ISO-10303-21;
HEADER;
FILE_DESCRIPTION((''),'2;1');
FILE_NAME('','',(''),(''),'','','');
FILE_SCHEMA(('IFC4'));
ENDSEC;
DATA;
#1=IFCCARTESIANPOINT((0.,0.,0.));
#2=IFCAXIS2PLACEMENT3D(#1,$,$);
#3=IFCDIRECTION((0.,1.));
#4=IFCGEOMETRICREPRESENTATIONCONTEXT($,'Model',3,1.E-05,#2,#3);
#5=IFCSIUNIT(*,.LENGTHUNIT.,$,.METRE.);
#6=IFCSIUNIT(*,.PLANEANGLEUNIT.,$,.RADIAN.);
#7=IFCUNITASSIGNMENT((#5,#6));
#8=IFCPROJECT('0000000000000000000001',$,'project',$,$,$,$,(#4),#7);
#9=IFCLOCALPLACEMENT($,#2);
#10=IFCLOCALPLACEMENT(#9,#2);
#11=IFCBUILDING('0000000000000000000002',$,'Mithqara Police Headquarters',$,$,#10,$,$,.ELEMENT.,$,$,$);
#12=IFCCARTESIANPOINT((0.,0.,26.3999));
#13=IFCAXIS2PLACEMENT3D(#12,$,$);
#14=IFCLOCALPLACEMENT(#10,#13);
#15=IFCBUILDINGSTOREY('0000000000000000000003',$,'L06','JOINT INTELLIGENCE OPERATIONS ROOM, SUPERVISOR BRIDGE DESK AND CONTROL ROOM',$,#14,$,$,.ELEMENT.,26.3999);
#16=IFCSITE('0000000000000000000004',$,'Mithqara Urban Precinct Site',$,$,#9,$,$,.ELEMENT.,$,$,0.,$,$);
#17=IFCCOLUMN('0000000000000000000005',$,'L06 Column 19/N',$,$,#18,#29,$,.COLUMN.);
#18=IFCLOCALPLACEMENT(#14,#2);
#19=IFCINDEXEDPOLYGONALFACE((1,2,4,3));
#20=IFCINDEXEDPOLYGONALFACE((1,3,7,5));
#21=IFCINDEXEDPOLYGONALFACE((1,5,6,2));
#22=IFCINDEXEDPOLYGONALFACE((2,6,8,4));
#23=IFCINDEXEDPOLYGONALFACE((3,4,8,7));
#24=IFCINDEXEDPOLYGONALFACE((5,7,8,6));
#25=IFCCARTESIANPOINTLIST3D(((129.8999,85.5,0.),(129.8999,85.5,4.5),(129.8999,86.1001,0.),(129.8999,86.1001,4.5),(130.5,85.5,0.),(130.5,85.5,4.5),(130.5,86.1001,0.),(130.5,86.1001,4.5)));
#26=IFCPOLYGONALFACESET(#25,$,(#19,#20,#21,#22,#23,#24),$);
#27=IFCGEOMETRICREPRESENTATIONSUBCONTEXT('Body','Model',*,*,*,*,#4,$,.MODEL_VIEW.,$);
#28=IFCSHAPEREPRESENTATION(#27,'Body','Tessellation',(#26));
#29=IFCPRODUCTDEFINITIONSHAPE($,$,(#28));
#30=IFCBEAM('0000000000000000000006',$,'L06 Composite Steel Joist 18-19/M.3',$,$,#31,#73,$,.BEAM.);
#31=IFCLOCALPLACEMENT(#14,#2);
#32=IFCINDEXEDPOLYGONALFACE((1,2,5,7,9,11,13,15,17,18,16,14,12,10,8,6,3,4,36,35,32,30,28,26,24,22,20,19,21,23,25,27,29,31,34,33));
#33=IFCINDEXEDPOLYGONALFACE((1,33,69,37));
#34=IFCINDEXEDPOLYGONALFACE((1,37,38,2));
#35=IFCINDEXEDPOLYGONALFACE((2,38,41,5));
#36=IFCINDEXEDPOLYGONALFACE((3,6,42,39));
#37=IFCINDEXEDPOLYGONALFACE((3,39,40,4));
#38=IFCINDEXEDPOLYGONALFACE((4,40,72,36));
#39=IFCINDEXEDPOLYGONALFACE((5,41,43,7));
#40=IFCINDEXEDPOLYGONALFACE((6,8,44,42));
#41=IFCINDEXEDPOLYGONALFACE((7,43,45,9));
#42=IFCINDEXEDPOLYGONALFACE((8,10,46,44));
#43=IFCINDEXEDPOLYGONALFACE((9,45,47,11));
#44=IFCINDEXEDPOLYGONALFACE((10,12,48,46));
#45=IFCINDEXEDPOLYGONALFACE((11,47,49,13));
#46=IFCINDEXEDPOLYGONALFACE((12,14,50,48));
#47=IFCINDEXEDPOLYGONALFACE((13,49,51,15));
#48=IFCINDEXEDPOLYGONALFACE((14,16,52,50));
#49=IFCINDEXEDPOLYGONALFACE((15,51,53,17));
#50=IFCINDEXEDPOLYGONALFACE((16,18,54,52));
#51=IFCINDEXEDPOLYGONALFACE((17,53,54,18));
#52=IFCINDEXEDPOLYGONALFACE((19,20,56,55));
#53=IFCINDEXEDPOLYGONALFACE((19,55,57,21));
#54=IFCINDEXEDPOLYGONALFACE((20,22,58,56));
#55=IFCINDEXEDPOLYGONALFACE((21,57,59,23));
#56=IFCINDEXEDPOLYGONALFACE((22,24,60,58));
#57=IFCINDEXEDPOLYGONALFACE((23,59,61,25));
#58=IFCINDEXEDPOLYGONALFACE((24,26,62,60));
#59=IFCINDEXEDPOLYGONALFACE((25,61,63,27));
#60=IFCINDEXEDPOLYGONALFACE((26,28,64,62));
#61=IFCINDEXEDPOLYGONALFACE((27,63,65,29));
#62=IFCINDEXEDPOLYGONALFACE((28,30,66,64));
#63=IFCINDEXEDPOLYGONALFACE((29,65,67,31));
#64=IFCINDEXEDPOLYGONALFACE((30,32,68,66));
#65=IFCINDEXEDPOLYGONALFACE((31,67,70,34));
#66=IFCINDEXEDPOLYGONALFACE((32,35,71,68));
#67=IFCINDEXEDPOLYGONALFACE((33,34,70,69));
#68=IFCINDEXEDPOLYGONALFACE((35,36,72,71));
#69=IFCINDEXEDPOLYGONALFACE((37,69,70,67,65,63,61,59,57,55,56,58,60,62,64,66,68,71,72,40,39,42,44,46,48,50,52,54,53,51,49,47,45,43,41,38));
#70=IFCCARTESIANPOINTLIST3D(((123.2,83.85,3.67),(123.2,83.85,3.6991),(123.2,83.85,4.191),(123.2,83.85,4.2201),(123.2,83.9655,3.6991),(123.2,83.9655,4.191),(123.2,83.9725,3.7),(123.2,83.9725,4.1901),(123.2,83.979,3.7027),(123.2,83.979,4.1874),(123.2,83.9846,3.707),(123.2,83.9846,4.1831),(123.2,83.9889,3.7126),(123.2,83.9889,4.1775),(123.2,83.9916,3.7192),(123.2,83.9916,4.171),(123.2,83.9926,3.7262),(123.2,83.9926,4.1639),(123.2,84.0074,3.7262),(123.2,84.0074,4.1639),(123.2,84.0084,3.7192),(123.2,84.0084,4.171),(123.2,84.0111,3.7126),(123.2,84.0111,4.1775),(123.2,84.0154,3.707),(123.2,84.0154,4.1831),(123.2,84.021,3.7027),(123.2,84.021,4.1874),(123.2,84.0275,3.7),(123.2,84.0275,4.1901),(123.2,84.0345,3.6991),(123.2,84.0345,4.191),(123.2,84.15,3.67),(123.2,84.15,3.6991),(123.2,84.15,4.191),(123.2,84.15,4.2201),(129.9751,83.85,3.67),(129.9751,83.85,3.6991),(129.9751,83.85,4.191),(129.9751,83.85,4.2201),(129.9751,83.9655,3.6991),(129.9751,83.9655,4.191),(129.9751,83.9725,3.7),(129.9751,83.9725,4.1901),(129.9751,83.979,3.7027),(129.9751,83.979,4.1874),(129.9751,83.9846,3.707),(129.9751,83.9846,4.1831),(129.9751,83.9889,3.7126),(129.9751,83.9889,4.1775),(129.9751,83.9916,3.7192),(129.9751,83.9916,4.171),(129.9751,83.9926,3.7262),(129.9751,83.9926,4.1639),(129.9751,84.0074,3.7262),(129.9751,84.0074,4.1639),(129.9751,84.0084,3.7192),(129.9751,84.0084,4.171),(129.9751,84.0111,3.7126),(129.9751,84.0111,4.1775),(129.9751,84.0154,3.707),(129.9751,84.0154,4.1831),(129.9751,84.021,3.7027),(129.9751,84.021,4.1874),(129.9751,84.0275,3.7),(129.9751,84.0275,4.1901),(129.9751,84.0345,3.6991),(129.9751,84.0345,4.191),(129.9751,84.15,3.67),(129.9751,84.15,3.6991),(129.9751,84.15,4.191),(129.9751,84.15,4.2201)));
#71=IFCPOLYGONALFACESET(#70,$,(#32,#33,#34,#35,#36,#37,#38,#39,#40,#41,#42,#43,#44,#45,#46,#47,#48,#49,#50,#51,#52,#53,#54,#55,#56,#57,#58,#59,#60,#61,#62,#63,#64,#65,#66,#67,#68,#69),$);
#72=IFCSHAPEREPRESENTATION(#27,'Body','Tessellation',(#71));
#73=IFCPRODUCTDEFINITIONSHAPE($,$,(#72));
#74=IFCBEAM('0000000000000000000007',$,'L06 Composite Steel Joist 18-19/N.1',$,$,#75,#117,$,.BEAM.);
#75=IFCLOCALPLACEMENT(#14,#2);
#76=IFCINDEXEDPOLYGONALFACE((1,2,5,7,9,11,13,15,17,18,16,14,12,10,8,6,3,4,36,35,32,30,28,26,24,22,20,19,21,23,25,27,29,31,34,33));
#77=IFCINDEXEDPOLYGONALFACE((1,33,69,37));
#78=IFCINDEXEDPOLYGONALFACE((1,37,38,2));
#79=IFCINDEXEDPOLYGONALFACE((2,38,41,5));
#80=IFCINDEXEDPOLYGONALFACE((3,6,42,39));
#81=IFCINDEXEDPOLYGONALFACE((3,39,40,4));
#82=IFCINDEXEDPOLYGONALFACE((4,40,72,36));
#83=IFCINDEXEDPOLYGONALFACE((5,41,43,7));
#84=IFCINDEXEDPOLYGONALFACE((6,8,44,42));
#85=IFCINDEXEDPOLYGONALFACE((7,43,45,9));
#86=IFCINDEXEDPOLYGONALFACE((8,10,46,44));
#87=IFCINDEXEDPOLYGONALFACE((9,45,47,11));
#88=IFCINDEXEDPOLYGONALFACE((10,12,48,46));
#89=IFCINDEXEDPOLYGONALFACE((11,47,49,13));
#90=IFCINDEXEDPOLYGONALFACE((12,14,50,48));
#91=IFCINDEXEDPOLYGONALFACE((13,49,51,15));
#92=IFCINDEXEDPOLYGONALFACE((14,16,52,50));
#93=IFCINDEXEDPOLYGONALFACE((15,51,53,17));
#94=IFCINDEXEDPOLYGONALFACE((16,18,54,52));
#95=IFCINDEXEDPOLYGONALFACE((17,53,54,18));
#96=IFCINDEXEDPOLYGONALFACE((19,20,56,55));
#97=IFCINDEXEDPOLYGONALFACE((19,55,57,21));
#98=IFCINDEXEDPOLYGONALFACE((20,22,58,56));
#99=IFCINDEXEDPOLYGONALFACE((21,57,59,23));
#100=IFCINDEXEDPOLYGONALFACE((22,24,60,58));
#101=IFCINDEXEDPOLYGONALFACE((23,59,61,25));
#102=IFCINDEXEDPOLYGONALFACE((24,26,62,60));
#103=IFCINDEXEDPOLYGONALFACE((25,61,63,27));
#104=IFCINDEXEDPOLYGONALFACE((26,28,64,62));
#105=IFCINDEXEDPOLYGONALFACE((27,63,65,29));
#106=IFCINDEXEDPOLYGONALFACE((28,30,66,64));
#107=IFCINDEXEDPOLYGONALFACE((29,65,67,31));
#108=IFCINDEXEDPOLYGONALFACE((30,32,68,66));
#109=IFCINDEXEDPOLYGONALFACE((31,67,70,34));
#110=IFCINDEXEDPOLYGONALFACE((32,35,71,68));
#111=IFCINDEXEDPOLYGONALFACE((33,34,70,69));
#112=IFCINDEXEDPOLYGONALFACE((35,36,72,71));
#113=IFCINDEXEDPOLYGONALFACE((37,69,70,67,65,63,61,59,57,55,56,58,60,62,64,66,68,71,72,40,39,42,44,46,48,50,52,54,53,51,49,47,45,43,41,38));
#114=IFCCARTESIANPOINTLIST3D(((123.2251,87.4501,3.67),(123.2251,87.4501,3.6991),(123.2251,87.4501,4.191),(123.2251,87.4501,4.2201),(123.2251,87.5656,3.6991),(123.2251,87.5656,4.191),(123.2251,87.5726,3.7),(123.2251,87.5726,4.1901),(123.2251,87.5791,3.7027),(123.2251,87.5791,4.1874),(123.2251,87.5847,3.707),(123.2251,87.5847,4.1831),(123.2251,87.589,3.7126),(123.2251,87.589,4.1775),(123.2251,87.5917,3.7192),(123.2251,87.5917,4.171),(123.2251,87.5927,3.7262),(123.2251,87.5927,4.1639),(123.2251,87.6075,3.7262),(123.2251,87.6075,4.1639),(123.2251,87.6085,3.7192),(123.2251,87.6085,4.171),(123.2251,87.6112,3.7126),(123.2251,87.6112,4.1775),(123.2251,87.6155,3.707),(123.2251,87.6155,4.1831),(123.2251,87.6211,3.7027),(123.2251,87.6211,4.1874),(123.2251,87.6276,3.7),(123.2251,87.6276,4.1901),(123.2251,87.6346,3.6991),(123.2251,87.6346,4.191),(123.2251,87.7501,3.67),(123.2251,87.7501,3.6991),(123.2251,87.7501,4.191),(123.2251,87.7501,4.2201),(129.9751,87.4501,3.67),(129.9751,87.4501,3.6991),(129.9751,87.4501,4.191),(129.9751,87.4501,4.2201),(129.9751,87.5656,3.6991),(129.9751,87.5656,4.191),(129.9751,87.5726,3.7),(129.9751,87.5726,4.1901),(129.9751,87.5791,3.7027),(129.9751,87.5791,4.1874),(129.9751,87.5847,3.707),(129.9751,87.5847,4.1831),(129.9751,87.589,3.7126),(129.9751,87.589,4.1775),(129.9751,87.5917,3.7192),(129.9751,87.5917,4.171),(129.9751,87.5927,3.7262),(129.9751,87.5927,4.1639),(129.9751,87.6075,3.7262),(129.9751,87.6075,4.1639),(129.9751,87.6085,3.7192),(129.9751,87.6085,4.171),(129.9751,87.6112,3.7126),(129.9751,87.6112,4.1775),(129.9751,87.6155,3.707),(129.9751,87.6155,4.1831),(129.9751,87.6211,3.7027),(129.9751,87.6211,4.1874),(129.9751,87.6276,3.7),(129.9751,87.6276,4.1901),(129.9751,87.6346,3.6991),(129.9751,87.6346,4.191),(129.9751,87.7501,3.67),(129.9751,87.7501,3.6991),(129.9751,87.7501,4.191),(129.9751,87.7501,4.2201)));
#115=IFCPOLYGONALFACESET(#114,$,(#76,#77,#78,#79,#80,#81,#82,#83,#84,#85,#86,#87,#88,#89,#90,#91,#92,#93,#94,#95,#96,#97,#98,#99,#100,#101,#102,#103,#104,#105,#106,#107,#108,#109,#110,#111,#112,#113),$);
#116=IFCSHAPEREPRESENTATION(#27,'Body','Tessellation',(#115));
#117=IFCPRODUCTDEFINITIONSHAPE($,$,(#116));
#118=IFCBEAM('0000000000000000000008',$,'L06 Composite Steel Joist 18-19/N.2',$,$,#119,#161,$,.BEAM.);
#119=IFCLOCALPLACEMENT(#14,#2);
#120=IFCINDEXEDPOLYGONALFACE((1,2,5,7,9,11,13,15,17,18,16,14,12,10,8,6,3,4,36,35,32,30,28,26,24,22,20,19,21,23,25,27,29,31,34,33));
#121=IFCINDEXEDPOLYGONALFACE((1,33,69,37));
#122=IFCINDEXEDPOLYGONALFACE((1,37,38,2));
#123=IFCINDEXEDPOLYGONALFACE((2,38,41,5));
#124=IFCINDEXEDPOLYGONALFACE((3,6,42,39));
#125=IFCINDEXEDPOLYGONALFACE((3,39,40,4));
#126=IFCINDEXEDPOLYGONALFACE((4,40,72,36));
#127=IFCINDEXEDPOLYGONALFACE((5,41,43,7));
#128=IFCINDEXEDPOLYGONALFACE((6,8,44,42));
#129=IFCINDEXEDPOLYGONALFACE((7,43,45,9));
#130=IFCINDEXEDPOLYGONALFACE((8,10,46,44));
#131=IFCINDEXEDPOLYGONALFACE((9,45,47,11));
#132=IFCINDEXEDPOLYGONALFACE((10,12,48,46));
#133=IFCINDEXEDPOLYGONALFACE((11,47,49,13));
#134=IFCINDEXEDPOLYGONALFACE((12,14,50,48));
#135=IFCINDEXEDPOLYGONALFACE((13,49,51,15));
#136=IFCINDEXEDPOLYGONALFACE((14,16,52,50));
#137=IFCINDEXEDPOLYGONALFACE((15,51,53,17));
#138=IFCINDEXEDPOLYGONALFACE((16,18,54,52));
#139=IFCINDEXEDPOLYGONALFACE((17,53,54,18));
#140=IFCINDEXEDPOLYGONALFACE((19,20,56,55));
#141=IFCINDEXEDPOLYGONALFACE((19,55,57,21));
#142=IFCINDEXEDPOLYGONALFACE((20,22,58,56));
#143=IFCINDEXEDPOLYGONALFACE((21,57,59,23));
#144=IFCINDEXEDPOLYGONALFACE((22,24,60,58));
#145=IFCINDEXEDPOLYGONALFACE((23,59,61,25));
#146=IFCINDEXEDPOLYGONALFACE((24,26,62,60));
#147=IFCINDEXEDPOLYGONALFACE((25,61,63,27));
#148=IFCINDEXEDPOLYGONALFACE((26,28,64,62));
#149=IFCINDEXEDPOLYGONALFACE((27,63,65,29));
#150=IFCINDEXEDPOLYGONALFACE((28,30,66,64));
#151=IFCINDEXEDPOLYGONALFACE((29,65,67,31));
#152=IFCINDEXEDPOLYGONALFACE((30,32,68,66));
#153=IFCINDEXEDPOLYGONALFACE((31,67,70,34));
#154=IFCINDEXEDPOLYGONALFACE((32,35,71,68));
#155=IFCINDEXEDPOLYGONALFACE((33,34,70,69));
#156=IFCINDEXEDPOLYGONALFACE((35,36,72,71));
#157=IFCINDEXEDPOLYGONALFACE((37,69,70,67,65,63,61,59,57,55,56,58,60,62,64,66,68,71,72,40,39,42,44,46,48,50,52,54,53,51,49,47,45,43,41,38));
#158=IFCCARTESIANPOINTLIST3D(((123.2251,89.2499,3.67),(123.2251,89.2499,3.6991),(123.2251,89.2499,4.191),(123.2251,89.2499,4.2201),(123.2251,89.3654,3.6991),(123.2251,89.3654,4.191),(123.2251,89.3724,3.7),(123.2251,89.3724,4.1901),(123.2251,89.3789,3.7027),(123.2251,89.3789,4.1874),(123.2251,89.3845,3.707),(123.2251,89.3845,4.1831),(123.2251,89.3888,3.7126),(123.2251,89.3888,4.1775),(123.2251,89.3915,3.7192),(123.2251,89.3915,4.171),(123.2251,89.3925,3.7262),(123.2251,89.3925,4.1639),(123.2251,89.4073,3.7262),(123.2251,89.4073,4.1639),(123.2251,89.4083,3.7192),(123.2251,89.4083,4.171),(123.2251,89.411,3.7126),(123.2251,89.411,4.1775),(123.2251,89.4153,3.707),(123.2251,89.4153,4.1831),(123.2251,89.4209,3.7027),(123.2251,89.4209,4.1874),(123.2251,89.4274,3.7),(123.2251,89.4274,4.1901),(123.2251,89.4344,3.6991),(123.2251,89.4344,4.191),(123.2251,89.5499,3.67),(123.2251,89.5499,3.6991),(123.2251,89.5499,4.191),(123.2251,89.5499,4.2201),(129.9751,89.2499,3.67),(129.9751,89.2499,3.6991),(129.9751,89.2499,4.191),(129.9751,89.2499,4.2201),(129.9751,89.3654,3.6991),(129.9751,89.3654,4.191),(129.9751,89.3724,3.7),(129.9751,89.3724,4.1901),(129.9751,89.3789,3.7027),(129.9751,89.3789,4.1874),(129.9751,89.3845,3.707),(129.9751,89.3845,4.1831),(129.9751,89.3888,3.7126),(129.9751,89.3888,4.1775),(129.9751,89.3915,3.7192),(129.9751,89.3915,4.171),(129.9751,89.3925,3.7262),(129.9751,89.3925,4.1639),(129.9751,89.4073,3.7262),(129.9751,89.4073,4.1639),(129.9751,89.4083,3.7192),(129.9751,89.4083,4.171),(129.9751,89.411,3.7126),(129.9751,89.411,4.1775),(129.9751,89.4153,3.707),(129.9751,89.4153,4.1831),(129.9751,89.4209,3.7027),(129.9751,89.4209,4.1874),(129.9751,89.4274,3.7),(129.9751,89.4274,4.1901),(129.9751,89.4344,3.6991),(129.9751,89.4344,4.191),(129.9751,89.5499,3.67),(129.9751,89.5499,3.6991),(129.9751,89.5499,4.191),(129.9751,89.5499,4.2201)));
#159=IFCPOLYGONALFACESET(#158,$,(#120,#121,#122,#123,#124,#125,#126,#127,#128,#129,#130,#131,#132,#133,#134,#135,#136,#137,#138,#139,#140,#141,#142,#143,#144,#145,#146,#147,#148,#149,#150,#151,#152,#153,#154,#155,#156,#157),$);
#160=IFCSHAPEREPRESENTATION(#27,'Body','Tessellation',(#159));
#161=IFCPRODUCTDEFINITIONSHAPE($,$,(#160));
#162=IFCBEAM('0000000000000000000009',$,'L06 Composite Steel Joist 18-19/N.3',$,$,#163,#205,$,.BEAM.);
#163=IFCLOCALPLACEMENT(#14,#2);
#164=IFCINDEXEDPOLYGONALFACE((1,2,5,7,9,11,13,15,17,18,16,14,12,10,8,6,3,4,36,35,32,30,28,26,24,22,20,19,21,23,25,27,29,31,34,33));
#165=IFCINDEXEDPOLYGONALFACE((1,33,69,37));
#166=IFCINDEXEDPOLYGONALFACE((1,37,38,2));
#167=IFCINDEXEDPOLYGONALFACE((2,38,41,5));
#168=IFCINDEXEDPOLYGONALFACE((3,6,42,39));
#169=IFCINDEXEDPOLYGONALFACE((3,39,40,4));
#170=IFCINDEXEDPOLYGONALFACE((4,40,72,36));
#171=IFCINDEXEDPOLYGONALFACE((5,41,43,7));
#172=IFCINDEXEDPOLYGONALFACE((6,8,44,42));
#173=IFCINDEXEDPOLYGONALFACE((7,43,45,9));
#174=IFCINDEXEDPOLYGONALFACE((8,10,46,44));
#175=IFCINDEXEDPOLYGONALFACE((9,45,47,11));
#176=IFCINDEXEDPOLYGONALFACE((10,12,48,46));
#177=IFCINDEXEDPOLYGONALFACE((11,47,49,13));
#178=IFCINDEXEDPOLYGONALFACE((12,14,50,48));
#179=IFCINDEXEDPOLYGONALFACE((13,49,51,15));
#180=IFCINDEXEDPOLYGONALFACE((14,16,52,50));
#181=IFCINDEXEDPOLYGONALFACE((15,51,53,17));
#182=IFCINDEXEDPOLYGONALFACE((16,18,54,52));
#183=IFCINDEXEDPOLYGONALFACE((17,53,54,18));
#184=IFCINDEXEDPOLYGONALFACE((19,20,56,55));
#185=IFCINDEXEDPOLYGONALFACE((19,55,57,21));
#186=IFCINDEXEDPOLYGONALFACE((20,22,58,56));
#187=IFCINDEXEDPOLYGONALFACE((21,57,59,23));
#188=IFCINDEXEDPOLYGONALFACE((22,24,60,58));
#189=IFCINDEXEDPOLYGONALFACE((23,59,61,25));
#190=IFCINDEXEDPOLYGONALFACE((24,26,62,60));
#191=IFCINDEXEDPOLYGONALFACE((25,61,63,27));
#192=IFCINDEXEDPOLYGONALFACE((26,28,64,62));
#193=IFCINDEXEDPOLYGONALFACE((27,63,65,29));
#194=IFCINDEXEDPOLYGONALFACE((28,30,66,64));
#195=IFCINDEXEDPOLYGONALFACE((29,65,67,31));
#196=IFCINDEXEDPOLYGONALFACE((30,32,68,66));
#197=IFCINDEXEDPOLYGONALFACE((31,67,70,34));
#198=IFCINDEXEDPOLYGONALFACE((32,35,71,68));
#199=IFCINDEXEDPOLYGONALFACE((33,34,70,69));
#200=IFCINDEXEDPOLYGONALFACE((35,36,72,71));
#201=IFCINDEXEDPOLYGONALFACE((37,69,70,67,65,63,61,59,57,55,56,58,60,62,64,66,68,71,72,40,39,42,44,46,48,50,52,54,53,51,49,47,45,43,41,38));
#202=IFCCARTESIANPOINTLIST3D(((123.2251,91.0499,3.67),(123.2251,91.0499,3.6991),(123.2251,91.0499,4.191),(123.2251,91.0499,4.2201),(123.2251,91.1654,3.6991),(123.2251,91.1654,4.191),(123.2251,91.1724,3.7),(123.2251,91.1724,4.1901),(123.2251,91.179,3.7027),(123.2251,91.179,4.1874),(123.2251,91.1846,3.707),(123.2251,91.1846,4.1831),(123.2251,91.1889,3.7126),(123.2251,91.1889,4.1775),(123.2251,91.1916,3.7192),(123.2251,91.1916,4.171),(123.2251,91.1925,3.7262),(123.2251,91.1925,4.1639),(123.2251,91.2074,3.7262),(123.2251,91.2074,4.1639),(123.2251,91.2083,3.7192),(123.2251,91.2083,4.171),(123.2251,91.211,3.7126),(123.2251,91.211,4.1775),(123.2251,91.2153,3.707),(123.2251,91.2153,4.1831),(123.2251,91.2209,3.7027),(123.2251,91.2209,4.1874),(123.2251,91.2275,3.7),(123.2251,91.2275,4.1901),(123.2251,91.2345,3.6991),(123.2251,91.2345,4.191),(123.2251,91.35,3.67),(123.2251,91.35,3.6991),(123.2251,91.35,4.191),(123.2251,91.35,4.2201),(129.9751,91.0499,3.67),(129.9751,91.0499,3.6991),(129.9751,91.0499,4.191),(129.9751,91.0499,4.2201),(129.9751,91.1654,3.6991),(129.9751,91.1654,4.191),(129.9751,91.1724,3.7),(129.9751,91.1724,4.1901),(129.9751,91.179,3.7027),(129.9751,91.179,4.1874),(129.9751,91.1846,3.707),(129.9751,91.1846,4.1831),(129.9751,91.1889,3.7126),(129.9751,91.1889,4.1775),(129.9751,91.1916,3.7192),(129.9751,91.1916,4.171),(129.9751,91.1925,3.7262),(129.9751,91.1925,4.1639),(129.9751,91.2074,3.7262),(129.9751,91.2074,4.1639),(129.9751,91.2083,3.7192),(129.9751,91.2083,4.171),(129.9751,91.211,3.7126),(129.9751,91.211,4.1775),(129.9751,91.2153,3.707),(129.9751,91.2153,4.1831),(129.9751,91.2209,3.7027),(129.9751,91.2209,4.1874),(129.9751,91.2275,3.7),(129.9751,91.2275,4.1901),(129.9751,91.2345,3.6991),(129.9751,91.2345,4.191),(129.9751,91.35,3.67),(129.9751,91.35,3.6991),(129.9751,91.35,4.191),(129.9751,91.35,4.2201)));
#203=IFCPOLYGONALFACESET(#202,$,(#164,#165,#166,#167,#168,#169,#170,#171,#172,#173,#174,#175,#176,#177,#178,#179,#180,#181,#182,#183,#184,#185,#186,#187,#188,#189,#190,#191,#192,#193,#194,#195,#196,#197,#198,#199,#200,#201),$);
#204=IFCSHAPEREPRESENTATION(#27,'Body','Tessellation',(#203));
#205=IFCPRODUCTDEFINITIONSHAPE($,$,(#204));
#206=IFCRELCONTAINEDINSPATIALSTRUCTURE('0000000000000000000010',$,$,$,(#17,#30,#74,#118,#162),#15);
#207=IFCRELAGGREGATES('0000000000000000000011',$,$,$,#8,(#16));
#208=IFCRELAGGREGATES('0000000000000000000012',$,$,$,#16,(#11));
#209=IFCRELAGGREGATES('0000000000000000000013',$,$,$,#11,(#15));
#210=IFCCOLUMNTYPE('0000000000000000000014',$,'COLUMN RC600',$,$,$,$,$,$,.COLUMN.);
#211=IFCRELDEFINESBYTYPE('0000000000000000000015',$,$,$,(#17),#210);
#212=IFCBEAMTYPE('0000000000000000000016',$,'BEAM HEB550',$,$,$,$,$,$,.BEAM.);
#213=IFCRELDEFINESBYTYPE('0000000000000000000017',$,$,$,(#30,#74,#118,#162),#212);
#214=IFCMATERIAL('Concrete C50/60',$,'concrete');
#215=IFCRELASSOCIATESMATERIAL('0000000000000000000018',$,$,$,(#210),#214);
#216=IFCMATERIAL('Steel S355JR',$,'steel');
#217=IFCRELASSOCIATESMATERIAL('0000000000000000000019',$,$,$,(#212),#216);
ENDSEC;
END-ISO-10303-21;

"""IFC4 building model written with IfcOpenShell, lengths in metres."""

from ifc_helpers import new_model, si_unit, direction, frame, origin, origin_2d, place, context, subcontext, project, spatial, rectangle, i_section, extrude, material, material_profile, profile_set, type_object, element, save


model = new_model("IFC4")

# Units and contexts
model_context = context("Model", 3, precision=1e-05, world=origin(), true_north=direction((0.0, 1.0)))
body_context = subcontext(model_context, "Body", "Model", "MODEL_VIEW")
ifc_project = project(units=[si_unit("LENGTHUNIT", "METRE"), si_unit("PLANEANGLEUNIT", "RADIAN")], contexts=[model_context])

# Site, building, storey
site_placement = place(None, origin())
site = spatial("IfcSite", under=ifc_project, at=site_placement, Name="Mithqara Urban Precinct Site", CompositionType="ELEMENT", RefElevation=0.0)
building_placement = place(site_placement, origin())
building = spatial("IfcBuilding", under=site, at=building_placement, Name="Mithqara Police Headquarters", CompositionType="ELEMENT")
storey_placement = place(building_placement, frame((0.0, 0.0, 26.3999)))
storey = spatial("IfcBuildingStorey", under=building, at=storey_placement, Name="L06", Description="JOINT INTELLIGENCE OPERATIONS ROOM, SUPERVISOR BRIDGE DESK AND CONTROL ROOM", CompositionType="ELEMENT", Elevation=26.3999)

# Column
ifc_material_1 = material(Name="Concrete C50/60", Category="concrete")
ifc_material_profile_1 = material_profile(ifc_material_1, rectangle(XDim=0.6001, YDim=0.6001, at=origin_2d()), Name="RC 600x600")
ifc_profile_set_1 = profile_set([ifc_material_profile_1], Name="Concrete C50/60")
column_type = type_object("IfcColumnType", Name="COLUMN RC600", PredefinedType="COLUMN", material=ifc_profile_set_1)
column_placement = place(storey_placement, frame((130.2, 85.8, 0.0), z_axis=(0.0, 0.0, 1.0), x_axis=(1.0, 0.0, 0.0)))
element("IfcColumn", 1, at=column_placement, inside=storey, type_object=column_type, Name="L06 Column 19/N", PredefinedType="COLUMN", context=body_context, shape_type="SweptSolid", body=[
    extrude(rectangle(XDim=0.6001, YDim=0.6001, at=origin_2d()), origin(), (0.0, 0.0, 1.0), 4.5),
])

# Beams
ifc_material_2 = material(Name="Steel S355JR", Category="steel")
ifc_material_profile_2 = material_profile(ifc_material_2, i_section(OverallWidth=0.3, OverallDepth=0.55, WebThickness=0.0149, FlangeThickness=0.0291, FilletRadius=0.0271, at=origin_2d()), Name="HEB 550")
ifc_profile_set_2 = profile_set([ifc_material_profile_2], Name="Steel S355JR")
beam_type_1 = type_object("IfcBeamType", Name="BEAM HEB550", PredefinedType="BEAM", material=ifc_profile_set_2)
beam_1_placement = place(storey_placement, frame((123.2, 84.0, 3.9451), z_axis=(1.0, 0.0, 0.0), x_axis=(0.0, 1.0, 0.0)))
element("IfcBeam", 2, at=beam_1_placement, inside=storey, type_object=beam_type_1, Name="L06 Composite Steel Joist 18-19/M.3", PredefinedType="BEAM", context=body_context, shape_type="SweptSolid", body=[
    extrude(i_section(OverallWidth=0.3, OverallDepth=0.55, WebThickness=0.0149, FlangeThickness=0.0291, FilletRadius=0.0271, at=origin_2d()), origin(), (0.0, 0.0, 1.0), 6.7751),
])
for number, where, z_axis, x_axis, name in (
    (3, (123.2251, 87.6001, 3.9451), (1.0, 0.0, 0.0), (0.0, 1.0, 0.0), "L06 Composite Steel Joist 18-19/N.1"),
    (4, (123.2251, 89.3999, 3.9451), (1.0, 0.0, 0.0), (0.0, 1.0, 0.0), "L06 Composite Steel Joist 18-19/N.2"),
    (5, (123.2251, 91.2, 3.9451), (1.0, 0.0, 0.0), (0.0, 1.0, 0.0), "L06 Composite Steel Joist 18-19/N.3"),
):
    element("IfcBeam", number, at=place(storey_placement, frame(where, z_axis=z_axis, x_axis=x_axis)), inside=storey, type_object=beam_type_1, Name=name, PredefinedType="BEAM", context=body_context, shape_type="SweptSolid", body=[
        extrude(i_section(OverallWidth=0.3, OverallDepth=0.55, WebThickness=0.0149, FlangeThickness=0.0291, FilletRadius=0.0271, at=origin_2d()), origin(), (0.0, 0.0, 1.0), 6.75),
    ])

save(model, "model.ifc")
